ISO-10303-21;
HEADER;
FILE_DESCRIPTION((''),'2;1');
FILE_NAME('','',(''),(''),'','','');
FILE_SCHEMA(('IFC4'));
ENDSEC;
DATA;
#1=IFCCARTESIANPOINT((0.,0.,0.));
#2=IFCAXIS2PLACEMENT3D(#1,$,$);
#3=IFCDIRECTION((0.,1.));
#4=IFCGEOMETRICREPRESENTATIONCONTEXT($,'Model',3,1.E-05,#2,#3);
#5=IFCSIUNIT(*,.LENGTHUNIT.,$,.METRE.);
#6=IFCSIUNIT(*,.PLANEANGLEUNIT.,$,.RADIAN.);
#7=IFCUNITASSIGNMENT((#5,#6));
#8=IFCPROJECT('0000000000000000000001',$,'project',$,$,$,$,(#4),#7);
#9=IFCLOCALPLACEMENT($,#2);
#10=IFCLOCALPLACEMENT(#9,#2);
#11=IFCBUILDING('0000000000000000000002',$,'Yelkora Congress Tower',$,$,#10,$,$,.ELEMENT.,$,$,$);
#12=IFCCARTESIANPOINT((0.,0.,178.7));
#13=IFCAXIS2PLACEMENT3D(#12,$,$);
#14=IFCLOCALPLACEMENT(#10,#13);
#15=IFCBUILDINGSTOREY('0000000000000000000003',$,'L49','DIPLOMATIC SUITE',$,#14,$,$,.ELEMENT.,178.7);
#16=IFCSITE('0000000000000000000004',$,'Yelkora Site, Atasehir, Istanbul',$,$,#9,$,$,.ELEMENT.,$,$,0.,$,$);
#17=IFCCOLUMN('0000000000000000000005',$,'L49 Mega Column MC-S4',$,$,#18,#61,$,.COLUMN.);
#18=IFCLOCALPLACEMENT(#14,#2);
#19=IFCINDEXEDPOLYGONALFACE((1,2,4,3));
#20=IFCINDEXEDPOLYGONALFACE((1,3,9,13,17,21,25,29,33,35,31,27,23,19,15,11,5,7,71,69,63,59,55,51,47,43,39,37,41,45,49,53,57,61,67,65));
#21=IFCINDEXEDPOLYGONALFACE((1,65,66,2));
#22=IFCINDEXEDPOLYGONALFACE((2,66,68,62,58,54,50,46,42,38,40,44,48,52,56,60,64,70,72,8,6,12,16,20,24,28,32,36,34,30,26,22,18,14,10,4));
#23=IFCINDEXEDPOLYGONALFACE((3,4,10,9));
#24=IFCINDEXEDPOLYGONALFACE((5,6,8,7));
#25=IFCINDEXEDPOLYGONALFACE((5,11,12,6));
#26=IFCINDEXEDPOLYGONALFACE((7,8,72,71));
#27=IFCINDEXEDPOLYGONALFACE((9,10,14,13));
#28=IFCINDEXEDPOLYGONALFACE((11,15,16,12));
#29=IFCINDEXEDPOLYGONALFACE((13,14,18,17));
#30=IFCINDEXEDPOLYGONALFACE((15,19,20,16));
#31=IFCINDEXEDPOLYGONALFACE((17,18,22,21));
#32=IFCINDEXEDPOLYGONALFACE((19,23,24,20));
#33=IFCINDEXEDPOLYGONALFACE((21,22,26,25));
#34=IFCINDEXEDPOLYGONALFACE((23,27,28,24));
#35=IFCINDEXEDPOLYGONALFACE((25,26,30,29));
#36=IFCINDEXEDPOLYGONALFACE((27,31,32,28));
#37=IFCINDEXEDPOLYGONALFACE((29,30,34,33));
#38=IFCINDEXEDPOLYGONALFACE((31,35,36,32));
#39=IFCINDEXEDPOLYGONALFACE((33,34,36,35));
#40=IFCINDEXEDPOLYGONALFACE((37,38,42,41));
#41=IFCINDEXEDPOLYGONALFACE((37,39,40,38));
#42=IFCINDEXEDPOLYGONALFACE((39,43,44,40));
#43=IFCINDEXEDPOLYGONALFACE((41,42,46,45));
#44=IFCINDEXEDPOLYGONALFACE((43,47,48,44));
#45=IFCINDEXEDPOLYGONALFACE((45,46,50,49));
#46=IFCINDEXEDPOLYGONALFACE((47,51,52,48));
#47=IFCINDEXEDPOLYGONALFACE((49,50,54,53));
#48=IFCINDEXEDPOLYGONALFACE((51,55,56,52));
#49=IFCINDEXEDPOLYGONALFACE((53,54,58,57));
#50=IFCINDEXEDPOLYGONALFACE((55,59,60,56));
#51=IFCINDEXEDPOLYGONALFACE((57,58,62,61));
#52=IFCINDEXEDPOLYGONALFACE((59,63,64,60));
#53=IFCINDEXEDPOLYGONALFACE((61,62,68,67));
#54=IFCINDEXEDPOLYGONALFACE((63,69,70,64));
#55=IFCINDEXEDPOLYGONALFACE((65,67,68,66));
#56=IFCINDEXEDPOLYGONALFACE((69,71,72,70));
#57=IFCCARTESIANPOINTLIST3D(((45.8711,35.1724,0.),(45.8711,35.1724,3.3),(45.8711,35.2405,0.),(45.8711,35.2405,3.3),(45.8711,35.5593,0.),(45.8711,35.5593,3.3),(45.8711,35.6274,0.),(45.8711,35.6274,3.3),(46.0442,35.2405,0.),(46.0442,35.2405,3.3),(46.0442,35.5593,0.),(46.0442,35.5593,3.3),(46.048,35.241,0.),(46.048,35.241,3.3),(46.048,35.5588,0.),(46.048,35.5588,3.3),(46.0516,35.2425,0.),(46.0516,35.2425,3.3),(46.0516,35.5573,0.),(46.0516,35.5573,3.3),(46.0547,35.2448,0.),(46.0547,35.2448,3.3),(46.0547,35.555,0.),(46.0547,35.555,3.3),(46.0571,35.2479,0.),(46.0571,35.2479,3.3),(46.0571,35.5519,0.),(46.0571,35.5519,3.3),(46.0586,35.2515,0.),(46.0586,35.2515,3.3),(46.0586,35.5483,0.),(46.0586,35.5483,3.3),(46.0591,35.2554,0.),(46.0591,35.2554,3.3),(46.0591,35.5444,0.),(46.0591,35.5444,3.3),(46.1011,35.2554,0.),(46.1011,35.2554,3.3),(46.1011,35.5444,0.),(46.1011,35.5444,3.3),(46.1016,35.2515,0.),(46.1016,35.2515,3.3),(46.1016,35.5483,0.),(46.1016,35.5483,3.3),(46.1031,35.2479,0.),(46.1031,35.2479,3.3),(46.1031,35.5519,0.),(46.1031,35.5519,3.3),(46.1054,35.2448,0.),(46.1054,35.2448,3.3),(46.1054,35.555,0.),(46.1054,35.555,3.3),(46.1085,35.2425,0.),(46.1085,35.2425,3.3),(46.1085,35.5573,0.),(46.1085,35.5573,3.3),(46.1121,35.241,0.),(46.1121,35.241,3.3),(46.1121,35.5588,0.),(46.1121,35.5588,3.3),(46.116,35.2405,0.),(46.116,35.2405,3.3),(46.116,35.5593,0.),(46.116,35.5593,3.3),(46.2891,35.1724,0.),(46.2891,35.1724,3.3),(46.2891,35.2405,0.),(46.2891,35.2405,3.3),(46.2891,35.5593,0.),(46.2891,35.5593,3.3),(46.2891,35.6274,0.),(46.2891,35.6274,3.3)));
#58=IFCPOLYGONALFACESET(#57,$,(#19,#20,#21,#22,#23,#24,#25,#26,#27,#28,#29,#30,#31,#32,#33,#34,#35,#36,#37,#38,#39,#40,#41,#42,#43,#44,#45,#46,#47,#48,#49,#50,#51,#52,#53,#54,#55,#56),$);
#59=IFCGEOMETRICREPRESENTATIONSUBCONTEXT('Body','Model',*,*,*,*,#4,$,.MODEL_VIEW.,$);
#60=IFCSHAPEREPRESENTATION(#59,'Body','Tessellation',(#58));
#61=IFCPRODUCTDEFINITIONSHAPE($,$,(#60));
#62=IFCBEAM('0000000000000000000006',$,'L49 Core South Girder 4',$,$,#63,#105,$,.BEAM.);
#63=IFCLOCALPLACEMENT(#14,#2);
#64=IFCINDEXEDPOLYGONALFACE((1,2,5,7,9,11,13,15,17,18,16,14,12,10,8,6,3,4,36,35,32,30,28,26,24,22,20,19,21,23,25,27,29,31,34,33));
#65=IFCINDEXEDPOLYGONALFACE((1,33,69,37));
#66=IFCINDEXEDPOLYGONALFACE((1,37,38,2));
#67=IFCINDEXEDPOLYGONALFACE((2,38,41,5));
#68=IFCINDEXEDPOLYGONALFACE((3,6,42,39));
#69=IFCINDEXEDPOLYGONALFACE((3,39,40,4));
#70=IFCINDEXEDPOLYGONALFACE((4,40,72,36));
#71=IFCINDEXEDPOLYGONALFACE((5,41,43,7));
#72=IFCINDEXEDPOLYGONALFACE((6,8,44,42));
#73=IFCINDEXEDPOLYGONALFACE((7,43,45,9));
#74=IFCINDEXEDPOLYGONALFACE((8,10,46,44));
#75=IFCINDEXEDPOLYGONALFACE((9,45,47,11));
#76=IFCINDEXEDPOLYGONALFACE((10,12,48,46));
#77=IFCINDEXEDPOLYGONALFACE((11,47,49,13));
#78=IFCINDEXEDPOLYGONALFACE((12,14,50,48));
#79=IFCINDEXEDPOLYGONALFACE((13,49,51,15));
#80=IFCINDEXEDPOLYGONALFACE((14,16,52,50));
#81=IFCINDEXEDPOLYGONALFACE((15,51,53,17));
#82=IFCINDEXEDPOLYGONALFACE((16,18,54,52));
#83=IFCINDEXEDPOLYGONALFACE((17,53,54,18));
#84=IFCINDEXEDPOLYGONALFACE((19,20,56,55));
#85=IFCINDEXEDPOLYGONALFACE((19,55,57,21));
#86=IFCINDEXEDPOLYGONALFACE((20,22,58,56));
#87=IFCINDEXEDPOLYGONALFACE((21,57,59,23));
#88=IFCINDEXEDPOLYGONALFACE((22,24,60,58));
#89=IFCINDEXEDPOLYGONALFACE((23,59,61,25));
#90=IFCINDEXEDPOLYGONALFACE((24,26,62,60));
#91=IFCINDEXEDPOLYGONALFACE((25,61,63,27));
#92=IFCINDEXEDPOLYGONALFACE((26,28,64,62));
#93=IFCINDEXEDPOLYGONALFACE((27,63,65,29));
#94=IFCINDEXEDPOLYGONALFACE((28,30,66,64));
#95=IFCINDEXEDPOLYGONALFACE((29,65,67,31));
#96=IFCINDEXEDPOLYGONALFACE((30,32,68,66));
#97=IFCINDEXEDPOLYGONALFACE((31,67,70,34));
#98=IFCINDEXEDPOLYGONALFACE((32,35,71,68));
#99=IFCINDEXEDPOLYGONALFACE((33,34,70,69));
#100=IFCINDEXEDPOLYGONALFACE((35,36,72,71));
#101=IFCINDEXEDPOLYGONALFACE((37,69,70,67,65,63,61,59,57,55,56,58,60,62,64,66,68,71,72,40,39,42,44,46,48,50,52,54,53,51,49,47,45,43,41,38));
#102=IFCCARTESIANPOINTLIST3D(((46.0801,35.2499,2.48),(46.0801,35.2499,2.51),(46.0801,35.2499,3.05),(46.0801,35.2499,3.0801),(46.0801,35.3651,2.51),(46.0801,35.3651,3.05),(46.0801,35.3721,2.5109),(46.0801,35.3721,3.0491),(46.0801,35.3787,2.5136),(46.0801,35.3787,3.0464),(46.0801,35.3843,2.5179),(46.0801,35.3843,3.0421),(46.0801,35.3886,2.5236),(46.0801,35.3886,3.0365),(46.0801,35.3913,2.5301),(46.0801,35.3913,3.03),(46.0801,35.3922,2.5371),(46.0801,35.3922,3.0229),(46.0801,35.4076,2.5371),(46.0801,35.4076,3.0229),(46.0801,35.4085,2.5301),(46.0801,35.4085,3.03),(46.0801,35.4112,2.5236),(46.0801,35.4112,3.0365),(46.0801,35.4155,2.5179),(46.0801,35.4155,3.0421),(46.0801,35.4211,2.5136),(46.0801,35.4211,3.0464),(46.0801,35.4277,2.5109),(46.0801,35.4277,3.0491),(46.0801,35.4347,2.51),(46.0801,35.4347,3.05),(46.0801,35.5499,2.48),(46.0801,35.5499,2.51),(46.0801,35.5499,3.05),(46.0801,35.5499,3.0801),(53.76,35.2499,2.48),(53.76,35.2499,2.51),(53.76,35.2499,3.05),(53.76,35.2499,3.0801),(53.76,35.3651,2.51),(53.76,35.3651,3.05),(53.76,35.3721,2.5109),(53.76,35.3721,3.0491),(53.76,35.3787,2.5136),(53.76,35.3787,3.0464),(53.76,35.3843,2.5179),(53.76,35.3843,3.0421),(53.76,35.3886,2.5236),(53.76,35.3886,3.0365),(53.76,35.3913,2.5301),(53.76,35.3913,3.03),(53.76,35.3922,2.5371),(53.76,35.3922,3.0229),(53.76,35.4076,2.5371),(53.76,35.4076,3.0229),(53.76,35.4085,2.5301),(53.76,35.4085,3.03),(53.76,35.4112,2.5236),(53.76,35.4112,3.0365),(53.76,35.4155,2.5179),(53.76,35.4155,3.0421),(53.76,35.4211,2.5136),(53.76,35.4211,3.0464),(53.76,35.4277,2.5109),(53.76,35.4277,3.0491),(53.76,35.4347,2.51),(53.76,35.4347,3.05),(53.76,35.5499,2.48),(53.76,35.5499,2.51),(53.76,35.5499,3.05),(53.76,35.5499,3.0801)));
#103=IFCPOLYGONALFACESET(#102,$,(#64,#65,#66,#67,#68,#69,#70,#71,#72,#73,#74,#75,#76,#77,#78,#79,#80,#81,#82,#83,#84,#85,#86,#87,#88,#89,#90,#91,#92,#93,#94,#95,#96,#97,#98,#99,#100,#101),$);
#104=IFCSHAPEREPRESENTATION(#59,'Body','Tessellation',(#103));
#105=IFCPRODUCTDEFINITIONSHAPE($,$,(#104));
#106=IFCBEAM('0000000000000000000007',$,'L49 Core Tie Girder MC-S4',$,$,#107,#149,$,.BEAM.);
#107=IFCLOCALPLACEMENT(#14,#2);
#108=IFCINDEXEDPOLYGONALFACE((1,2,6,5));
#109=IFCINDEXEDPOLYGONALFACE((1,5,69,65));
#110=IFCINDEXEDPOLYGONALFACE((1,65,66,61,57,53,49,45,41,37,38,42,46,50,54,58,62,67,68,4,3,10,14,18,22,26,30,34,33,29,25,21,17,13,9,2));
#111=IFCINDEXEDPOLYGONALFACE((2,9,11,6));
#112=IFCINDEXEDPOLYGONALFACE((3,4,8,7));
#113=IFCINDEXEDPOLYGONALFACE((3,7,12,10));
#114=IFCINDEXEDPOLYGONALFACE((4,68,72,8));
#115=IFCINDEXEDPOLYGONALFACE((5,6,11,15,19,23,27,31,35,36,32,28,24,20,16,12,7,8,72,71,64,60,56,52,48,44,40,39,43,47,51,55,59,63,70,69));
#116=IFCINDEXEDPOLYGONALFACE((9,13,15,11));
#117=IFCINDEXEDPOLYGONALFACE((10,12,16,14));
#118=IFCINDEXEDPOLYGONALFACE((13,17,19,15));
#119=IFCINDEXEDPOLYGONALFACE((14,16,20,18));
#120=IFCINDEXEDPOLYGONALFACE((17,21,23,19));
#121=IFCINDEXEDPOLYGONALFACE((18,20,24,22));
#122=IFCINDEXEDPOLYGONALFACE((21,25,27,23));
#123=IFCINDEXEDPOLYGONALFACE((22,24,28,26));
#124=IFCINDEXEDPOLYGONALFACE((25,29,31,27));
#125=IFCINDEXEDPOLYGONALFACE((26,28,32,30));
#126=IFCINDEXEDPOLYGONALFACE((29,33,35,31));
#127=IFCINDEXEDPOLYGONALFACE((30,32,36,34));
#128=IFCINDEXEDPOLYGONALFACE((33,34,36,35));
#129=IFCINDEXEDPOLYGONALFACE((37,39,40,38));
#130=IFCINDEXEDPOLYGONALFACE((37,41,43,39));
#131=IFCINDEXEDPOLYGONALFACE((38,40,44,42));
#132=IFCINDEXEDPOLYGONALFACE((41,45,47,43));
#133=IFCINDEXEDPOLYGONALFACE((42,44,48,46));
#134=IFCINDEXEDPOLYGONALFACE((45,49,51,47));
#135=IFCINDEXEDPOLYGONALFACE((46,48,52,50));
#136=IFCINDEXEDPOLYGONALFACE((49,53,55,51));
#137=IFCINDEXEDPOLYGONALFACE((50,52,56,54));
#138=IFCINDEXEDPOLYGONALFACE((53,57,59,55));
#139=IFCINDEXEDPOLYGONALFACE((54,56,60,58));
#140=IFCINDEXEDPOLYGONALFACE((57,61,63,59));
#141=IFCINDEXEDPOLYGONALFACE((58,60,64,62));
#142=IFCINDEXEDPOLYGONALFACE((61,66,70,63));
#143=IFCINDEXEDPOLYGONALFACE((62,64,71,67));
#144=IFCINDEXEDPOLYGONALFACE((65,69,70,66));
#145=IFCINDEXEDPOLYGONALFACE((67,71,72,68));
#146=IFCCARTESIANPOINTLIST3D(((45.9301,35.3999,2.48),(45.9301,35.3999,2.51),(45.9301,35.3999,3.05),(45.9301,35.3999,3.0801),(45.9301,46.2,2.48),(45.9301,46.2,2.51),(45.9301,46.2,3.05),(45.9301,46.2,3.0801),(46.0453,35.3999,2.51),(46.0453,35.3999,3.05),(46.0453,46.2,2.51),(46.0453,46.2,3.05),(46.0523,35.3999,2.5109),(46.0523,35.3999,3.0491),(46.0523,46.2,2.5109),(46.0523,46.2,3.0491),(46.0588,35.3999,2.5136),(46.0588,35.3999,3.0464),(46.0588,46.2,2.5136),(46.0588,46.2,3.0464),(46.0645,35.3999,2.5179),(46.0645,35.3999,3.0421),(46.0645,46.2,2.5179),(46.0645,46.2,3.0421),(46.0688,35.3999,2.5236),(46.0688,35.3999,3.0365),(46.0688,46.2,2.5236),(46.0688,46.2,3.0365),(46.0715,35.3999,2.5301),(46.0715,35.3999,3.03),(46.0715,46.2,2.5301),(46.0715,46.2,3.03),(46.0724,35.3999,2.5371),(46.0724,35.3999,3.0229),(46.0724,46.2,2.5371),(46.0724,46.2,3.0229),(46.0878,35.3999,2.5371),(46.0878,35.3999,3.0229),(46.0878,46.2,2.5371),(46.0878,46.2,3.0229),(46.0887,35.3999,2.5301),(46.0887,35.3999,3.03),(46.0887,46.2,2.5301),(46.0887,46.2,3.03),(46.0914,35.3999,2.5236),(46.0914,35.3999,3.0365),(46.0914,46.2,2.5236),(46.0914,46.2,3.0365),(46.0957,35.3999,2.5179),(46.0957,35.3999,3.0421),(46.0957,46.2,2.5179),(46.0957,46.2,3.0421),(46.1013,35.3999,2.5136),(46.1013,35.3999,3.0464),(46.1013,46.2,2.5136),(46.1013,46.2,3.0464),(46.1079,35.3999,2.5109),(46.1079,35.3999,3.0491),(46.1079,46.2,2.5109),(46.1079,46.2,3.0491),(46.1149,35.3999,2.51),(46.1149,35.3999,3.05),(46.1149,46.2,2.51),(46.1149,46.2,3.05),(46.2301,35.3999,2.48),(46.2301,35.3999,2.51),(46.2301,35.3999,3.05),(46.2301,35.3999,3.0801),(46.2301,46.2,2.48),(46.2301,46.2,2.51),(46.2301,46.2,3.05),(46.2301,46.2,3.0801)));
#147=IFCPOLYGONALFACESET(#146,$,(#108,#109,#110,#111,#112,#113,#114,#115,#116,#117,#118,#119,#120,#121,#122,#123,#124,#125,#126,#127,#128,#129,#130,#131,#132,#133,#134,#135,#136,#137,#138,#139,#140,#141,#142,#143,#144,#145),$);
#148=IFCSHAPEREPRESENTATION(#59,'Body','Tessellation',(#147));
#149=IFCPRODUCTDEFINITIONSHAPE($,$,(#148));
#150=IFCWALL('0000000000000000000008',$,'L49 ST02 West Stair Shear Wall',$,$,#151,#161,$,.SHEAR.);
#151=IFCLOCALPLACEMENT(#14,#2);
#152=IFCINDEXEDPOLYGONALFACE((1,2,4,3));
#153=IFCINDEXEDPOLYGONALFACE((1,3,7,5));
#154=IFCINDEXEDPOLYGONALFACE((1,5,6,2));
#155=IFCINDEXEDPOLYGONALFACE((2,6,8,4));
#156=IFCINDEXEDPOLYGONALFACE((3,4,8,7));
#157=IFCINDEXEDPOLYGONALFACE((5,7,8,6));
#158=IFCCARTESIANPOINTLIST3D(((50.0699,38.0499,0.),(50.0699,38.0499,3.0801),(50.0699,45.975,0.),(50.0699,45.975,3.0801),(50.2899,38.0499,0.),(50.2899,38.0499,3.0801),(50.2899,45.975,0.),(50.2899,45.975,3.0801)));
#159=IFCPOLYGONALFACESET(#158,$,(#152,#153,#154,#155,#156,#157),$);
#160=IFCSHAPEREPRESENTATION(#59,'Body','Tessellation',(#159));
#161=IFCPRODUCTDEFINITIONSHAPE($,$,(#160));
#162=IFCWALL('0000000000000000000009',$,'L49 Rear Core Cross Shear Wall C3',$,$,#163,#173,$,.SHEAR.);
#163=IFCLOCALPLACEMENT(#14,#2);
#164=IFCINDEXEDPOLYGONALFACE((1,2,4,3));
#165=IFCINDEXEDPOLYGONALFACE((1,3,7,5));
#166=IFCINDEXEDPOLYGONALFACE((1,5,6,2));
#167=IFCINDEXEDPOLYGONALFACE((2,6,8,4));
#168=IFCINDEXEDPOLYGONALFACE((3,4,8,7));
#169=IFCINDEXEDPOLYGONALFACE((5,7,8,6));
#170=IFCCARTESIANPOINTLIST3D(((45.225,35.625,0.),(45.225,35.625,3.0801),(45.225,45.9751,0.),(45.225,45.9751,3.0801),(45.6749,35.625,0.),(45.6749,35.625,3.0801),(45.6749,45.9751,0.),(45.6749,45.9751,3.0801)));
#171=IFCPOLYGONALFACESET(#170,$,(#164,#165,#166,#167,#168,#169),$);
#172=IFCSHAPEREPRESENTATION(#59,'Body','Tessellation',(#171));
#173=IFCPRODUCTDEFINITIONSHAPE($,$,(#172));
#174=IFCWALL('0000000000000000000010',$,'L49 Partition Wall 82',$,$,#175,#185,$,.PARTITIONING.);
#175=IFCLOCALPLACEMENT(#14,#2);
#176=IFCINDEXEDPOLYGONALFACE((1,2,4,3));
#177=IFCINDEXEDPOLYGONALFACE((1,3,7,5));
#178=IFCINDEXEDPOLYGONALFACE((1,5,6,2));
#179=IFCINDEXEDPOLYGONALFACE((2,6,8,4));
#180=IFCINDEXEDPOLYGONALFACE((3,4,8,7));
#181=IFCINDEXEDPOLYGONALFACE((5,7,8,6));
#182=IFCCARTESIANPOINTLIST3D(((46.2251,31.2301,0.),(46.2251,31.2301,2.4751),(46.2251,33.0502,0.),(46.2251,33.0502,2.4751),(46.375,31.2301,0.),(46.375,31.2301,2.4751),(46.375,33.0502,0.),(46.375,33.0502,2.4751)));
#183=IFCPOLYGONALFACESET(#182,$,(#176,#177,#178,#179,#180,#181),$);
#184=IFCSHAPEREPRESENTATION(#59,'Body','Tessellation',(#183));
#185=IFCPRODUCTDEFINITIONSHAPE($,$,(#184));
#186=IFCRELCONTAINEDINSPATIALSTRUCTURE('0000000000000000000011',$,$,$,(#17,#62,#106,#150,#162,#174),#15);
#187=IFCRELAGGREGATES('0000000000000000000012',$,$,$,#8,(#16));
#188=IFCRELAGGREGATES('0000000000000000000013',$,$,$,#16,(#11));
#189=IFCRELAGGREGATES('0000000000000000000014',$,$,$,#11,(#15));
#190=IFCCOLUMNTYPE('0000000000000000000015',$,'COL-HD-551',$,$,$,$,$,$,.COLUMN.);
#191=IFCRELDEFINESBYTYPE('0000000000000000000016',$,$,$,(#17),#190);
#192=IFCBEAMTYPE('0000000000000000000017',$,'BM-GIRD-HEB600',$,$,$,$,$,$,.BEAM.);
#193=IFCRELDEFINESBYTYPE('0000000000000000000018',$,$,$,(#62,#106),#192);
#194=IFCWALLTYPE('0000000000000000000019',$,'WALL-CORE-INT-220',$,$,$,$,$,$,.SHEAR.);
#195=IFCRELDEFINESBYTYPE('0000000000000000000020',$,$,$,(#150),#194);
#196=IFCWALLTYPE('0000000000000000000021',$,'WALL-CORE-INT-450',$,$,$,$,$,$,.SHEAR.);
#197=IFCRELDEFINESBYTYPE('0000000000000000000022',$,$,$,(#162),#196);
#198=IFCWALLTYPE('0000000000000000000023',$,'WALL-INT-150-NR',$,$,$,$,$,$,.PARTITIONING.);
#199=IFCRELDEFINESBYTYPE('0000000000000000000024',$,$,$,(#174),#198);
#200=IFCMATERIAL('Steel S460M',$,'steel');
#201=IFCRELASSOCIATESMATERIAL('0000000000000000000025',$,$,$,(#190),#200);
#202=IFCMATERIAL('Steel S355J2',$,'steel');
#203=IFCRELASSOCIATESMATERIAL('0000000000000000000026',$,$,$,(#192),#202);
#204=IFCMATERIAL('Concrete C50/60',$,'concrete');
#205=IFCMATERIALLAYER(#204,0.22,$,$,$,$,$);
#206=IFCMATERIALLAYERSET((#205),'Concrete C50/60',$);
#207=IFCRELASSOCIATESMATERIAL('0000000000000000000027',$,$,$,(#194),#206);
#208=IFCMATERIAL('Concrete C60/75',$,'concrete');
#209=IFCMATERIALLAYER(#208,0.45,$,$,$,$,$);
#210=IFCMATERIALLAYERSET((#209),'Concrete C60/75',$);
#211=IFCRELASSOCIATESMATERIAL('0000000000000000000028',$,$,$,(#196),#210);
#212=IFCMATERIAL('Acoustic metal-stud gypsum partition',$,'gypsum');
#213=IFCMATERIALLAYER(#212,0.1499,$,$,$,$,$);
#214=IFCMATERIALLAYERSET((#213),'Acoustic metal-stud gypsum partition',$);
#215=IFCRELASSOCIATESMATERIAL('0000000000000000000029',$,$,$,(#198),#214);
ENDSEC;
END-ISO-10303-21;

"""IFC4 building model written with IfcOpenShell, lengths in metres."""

from ifc_helpers import new_model, si_unit, direction, frame, frame_2d, origin, origin_2d, place, context, subcontext, project, spatial, rectangle, i_section, extrude, material, layer, layer_set, material_profile, profile_set, type_object, element, save


model = new_model("IFC4")

# Units and contexts
model_context = context("Model", 3, precision=1e-05, world=origin(), true_north=direction((0.0, 1.0)))
body_context = subcontext(model_context, "Body", "Model", "MODEL_VIEW")
ifc_project = project(units=[si_unit("LENGTHUNIT", "METRE"), si_unit("PLANEANGLEUNIT", "RADIAN")], contexts=[model_context])

# Site, building, storey
site_placement = place(None, origin())
site = spatial("IfcSite", under=ifc_project, at=site_placement, Name="Yelkora Site, Atasehir, Istanbul", CompositionType="ELEMENT", RefElevation=0.0)
building_placement = place(site_placement, origin())
building = spatial("IfcBuilding", under=site, at=building_placement, Name="Yelkora Congress Tower", CompositionType="ELEMENT")
storey_placement = place(building_placement, frame((0.0, 0.0, 178.7)))
storey = spatial("IfcBuildingStorey", under=building, at=storey_placement, Name="L49", Description="DIPLOMATIC SUITE", CompositionType="ELEMENT", Elevation=178.7)

# Column
ifc_material_1 = material(Name="Steel S460M", Category="steel")
ifc_material_profile_1 = material_profile(ifc_material_1, i_section(OverallWidth=0.418, OverallDepth=0.4551, WebThickness=0.042, FlangeThickness=0.0681, FilletRadius=0.0149, at=origin_2d()), Name="HD 400x551")
ifc_profile_set_1 = profile_set([ifc_material_profile_1], Name="Steel S460M")
column_type = type_object("IfcColumnType", Name="COL-HD-551", PredefinedType="COLUMN", material=ifc_profile_set_1)
column_placement = place(storey_placement, frame((46.0801, 35.3999, 0.0), z_axis=(0.0, 0.0, 1.0), x_axis=(1.0, 0.0, 0.0)))
element("IfcColumn", 1, at=column_placement, inside=storey, type_object=column_type, Name="L49 Mega Column MC-S4", PredefinedType="COLUMN", context=body_context, shape_type="SweptSolid", body=[
    extrude(i_section(OverallWidth=0.418, OverallDepth=0.4551, WebThickness=0.042, FlangeThickness=0.0681, FilletRadius=0.0149, at=origin_2d()), origin(), (0.0, 0.0, 1.0), 3.3),
])

# Beams
ifc_material_2 = material(Name="Steel S355J2", Category="steel")
ifc_material_profile_2 = material_profile(ifc_material_2, i_section(OverallWidth=0.3, OverallDepth=0.6001, WebThickness=0.0154, FlangeThickness=0.03, FilletRadius=0.0271, at=origin_2d()), Name="HEB 600")
ifc_profile_set_2 = profile_set([ifc_material_profile_2], Name="Steel S355J2")
beam_type = type_object("IfcBeamType", Name="BM-GIRD-HEB600", PredefinedType="BEAM", material=ifc_profile_set_2)
beam_1_placement = place(storey_placement, frame((46.0801, 35.3999, 2.78), z_axis=(1.0, 0.0, 0.0), x_axis=(0.0, 1.0, 0.0)))
element("IfcBeam", 2, at=beam_1_placement, inside=storey, type_object=beam_type, Name="L49 Core South Girder 4", PredefinedType="BEAM", context=body_context, shape_type="SweptSolid", body=[
    extrude(i_section(OverallWidth=0.3, OverallDepth=0.6001, WebThickness=0.0154, FlangeThickness=0.03, FilletRadius=0.0271, at=origin_2d()), origin(), (0.0, 0.0, 1.0), 7.6799),
])
beam_2_placement = place(storey_placement, frame((46.0801, 35.3999, 2.78), z_axis=(0.0, 1.0, 0.0), x_axis=(-1.0, 0.0, 0.0)))
element("IfcBeam", 3, at=beam_2_placement, inside=storey, type_object=beam_type, Name="L49 Core Tie Girder MC-S4", PredefinedType="BEAM", context=body_context, shape_type="SweptSolid", body=[
    extrude(i_section(OverallWidth=0.3, OverallDepth=0.6001, WebThickness=0.0154, FlangeThickness=0.03, FilletRadius=0.0271, at=origin_2d()), origin(), (0.0, 0.0, 1.0), 10.8),
])

# Walls
ifc_material_3 = material(Name="Concrete C50/60", Category="concrete")
ifc_layer_1 = layer(ifc_material_3, 0.22)
ifc_layer_set_1 = layer_set([ifc_layer_1], Name="Concrete C50/60")
wall_type_1 = type_object("IfcWallType", Name="WALL-CORE-INT-220", PredefinedType="SHEAR", material=ifc_layer_set_1)
wall_1_placement = place(storey_placement, frame((50.1799, 38.05, 0.0), z_axis=(0.0, 0.0, 1.0), x_axis=(0.0, 1.0, 0.0)))
element("IfcWall", 4, at=wall_1_placement, inside=storey, type_object=wall_type_1, Name="L49 ST02 West Stair Shear Wall", PredefinedType="SHEAR", context=body_context, shape_type="SweptSolid", body=[
    extrude(rectangle(XDim=7.925, YDim=0.22, at=frame_2d((3.9624, 0.0))), origin(), (0.0, 0.0, 1.0), 3.0801),
])
ifc_material_4 = material(Name="Concrete C60/75", Category="concrete")
ifc_layer_2 = layer(ifc_material_4, 0.45)
ifc_layer_set_2 = layer_set([ifc_layer_2], Name="Concrete C60/75")
wall_type_2 = type_object("IfcWallType", Name="WALL-CORE-INT-450", PredefinedType="SHEAR", material=ifc_layer_set_2)
wall_2_placement = place(storey_placement, frame((45.45, 35.625, 0.0), z_axis=(0.0, 0.0, 1.0), x_axis=(0.0, 1.0, 0.0)))
element("IfcWall", 5, at=wall_2_placement, inside=storey, type_object=wall_type_2, Name="L49 Rear Core Cross Shear Wall C3", PredefinedType="SHEAR", context=body_context, shape_type="SweptSolid", body=[
    extrude(rectangle(XDim=10.3501, YDim=0.45, at=frame_2d((5.175, 0.0))), origin(), (0.0, 0.0, 1.0), 3.0801),
])
ifc_material_5 = material(Name="Acoustic metal-stud gypsum partition", Category="gypsum")
ifc_layer_3 = layer(ifc_material_5, 0.1499)
ifc_layer_set_3 = layer_set([ifc_layer_3], Name="Acoustic metal-stud gypsum partition")
wall_type_3 = type_object("IfcWallType", Name="WALL-INT-150-NR", PredefinedType="PARTITIONING", material=ifc_layer_set_3)
wall_3_placement = place(storey_placement, frame((46.3, 31.23, 0.0), z_axis=(0.0, 0.0, 1.0), x_axis=(0.0, 1.0, 0.0)))
element("IfcWall", 6, at=wall_3_placement, inside=storey, type_object=wall_type_3, Name="L49 Partition Wall 82", PredefinedType="PARTITIONING", context=body_context, shape_type="SweptSolid", body=[
    extrude(rectangle(XDim=1.8201, YDim=0.1499, at=frame_2d((0.9102, 0.0))), origin(), (0.0, 0.0, 1.0), 2.4751),
])

save(model, "model.ifc")
